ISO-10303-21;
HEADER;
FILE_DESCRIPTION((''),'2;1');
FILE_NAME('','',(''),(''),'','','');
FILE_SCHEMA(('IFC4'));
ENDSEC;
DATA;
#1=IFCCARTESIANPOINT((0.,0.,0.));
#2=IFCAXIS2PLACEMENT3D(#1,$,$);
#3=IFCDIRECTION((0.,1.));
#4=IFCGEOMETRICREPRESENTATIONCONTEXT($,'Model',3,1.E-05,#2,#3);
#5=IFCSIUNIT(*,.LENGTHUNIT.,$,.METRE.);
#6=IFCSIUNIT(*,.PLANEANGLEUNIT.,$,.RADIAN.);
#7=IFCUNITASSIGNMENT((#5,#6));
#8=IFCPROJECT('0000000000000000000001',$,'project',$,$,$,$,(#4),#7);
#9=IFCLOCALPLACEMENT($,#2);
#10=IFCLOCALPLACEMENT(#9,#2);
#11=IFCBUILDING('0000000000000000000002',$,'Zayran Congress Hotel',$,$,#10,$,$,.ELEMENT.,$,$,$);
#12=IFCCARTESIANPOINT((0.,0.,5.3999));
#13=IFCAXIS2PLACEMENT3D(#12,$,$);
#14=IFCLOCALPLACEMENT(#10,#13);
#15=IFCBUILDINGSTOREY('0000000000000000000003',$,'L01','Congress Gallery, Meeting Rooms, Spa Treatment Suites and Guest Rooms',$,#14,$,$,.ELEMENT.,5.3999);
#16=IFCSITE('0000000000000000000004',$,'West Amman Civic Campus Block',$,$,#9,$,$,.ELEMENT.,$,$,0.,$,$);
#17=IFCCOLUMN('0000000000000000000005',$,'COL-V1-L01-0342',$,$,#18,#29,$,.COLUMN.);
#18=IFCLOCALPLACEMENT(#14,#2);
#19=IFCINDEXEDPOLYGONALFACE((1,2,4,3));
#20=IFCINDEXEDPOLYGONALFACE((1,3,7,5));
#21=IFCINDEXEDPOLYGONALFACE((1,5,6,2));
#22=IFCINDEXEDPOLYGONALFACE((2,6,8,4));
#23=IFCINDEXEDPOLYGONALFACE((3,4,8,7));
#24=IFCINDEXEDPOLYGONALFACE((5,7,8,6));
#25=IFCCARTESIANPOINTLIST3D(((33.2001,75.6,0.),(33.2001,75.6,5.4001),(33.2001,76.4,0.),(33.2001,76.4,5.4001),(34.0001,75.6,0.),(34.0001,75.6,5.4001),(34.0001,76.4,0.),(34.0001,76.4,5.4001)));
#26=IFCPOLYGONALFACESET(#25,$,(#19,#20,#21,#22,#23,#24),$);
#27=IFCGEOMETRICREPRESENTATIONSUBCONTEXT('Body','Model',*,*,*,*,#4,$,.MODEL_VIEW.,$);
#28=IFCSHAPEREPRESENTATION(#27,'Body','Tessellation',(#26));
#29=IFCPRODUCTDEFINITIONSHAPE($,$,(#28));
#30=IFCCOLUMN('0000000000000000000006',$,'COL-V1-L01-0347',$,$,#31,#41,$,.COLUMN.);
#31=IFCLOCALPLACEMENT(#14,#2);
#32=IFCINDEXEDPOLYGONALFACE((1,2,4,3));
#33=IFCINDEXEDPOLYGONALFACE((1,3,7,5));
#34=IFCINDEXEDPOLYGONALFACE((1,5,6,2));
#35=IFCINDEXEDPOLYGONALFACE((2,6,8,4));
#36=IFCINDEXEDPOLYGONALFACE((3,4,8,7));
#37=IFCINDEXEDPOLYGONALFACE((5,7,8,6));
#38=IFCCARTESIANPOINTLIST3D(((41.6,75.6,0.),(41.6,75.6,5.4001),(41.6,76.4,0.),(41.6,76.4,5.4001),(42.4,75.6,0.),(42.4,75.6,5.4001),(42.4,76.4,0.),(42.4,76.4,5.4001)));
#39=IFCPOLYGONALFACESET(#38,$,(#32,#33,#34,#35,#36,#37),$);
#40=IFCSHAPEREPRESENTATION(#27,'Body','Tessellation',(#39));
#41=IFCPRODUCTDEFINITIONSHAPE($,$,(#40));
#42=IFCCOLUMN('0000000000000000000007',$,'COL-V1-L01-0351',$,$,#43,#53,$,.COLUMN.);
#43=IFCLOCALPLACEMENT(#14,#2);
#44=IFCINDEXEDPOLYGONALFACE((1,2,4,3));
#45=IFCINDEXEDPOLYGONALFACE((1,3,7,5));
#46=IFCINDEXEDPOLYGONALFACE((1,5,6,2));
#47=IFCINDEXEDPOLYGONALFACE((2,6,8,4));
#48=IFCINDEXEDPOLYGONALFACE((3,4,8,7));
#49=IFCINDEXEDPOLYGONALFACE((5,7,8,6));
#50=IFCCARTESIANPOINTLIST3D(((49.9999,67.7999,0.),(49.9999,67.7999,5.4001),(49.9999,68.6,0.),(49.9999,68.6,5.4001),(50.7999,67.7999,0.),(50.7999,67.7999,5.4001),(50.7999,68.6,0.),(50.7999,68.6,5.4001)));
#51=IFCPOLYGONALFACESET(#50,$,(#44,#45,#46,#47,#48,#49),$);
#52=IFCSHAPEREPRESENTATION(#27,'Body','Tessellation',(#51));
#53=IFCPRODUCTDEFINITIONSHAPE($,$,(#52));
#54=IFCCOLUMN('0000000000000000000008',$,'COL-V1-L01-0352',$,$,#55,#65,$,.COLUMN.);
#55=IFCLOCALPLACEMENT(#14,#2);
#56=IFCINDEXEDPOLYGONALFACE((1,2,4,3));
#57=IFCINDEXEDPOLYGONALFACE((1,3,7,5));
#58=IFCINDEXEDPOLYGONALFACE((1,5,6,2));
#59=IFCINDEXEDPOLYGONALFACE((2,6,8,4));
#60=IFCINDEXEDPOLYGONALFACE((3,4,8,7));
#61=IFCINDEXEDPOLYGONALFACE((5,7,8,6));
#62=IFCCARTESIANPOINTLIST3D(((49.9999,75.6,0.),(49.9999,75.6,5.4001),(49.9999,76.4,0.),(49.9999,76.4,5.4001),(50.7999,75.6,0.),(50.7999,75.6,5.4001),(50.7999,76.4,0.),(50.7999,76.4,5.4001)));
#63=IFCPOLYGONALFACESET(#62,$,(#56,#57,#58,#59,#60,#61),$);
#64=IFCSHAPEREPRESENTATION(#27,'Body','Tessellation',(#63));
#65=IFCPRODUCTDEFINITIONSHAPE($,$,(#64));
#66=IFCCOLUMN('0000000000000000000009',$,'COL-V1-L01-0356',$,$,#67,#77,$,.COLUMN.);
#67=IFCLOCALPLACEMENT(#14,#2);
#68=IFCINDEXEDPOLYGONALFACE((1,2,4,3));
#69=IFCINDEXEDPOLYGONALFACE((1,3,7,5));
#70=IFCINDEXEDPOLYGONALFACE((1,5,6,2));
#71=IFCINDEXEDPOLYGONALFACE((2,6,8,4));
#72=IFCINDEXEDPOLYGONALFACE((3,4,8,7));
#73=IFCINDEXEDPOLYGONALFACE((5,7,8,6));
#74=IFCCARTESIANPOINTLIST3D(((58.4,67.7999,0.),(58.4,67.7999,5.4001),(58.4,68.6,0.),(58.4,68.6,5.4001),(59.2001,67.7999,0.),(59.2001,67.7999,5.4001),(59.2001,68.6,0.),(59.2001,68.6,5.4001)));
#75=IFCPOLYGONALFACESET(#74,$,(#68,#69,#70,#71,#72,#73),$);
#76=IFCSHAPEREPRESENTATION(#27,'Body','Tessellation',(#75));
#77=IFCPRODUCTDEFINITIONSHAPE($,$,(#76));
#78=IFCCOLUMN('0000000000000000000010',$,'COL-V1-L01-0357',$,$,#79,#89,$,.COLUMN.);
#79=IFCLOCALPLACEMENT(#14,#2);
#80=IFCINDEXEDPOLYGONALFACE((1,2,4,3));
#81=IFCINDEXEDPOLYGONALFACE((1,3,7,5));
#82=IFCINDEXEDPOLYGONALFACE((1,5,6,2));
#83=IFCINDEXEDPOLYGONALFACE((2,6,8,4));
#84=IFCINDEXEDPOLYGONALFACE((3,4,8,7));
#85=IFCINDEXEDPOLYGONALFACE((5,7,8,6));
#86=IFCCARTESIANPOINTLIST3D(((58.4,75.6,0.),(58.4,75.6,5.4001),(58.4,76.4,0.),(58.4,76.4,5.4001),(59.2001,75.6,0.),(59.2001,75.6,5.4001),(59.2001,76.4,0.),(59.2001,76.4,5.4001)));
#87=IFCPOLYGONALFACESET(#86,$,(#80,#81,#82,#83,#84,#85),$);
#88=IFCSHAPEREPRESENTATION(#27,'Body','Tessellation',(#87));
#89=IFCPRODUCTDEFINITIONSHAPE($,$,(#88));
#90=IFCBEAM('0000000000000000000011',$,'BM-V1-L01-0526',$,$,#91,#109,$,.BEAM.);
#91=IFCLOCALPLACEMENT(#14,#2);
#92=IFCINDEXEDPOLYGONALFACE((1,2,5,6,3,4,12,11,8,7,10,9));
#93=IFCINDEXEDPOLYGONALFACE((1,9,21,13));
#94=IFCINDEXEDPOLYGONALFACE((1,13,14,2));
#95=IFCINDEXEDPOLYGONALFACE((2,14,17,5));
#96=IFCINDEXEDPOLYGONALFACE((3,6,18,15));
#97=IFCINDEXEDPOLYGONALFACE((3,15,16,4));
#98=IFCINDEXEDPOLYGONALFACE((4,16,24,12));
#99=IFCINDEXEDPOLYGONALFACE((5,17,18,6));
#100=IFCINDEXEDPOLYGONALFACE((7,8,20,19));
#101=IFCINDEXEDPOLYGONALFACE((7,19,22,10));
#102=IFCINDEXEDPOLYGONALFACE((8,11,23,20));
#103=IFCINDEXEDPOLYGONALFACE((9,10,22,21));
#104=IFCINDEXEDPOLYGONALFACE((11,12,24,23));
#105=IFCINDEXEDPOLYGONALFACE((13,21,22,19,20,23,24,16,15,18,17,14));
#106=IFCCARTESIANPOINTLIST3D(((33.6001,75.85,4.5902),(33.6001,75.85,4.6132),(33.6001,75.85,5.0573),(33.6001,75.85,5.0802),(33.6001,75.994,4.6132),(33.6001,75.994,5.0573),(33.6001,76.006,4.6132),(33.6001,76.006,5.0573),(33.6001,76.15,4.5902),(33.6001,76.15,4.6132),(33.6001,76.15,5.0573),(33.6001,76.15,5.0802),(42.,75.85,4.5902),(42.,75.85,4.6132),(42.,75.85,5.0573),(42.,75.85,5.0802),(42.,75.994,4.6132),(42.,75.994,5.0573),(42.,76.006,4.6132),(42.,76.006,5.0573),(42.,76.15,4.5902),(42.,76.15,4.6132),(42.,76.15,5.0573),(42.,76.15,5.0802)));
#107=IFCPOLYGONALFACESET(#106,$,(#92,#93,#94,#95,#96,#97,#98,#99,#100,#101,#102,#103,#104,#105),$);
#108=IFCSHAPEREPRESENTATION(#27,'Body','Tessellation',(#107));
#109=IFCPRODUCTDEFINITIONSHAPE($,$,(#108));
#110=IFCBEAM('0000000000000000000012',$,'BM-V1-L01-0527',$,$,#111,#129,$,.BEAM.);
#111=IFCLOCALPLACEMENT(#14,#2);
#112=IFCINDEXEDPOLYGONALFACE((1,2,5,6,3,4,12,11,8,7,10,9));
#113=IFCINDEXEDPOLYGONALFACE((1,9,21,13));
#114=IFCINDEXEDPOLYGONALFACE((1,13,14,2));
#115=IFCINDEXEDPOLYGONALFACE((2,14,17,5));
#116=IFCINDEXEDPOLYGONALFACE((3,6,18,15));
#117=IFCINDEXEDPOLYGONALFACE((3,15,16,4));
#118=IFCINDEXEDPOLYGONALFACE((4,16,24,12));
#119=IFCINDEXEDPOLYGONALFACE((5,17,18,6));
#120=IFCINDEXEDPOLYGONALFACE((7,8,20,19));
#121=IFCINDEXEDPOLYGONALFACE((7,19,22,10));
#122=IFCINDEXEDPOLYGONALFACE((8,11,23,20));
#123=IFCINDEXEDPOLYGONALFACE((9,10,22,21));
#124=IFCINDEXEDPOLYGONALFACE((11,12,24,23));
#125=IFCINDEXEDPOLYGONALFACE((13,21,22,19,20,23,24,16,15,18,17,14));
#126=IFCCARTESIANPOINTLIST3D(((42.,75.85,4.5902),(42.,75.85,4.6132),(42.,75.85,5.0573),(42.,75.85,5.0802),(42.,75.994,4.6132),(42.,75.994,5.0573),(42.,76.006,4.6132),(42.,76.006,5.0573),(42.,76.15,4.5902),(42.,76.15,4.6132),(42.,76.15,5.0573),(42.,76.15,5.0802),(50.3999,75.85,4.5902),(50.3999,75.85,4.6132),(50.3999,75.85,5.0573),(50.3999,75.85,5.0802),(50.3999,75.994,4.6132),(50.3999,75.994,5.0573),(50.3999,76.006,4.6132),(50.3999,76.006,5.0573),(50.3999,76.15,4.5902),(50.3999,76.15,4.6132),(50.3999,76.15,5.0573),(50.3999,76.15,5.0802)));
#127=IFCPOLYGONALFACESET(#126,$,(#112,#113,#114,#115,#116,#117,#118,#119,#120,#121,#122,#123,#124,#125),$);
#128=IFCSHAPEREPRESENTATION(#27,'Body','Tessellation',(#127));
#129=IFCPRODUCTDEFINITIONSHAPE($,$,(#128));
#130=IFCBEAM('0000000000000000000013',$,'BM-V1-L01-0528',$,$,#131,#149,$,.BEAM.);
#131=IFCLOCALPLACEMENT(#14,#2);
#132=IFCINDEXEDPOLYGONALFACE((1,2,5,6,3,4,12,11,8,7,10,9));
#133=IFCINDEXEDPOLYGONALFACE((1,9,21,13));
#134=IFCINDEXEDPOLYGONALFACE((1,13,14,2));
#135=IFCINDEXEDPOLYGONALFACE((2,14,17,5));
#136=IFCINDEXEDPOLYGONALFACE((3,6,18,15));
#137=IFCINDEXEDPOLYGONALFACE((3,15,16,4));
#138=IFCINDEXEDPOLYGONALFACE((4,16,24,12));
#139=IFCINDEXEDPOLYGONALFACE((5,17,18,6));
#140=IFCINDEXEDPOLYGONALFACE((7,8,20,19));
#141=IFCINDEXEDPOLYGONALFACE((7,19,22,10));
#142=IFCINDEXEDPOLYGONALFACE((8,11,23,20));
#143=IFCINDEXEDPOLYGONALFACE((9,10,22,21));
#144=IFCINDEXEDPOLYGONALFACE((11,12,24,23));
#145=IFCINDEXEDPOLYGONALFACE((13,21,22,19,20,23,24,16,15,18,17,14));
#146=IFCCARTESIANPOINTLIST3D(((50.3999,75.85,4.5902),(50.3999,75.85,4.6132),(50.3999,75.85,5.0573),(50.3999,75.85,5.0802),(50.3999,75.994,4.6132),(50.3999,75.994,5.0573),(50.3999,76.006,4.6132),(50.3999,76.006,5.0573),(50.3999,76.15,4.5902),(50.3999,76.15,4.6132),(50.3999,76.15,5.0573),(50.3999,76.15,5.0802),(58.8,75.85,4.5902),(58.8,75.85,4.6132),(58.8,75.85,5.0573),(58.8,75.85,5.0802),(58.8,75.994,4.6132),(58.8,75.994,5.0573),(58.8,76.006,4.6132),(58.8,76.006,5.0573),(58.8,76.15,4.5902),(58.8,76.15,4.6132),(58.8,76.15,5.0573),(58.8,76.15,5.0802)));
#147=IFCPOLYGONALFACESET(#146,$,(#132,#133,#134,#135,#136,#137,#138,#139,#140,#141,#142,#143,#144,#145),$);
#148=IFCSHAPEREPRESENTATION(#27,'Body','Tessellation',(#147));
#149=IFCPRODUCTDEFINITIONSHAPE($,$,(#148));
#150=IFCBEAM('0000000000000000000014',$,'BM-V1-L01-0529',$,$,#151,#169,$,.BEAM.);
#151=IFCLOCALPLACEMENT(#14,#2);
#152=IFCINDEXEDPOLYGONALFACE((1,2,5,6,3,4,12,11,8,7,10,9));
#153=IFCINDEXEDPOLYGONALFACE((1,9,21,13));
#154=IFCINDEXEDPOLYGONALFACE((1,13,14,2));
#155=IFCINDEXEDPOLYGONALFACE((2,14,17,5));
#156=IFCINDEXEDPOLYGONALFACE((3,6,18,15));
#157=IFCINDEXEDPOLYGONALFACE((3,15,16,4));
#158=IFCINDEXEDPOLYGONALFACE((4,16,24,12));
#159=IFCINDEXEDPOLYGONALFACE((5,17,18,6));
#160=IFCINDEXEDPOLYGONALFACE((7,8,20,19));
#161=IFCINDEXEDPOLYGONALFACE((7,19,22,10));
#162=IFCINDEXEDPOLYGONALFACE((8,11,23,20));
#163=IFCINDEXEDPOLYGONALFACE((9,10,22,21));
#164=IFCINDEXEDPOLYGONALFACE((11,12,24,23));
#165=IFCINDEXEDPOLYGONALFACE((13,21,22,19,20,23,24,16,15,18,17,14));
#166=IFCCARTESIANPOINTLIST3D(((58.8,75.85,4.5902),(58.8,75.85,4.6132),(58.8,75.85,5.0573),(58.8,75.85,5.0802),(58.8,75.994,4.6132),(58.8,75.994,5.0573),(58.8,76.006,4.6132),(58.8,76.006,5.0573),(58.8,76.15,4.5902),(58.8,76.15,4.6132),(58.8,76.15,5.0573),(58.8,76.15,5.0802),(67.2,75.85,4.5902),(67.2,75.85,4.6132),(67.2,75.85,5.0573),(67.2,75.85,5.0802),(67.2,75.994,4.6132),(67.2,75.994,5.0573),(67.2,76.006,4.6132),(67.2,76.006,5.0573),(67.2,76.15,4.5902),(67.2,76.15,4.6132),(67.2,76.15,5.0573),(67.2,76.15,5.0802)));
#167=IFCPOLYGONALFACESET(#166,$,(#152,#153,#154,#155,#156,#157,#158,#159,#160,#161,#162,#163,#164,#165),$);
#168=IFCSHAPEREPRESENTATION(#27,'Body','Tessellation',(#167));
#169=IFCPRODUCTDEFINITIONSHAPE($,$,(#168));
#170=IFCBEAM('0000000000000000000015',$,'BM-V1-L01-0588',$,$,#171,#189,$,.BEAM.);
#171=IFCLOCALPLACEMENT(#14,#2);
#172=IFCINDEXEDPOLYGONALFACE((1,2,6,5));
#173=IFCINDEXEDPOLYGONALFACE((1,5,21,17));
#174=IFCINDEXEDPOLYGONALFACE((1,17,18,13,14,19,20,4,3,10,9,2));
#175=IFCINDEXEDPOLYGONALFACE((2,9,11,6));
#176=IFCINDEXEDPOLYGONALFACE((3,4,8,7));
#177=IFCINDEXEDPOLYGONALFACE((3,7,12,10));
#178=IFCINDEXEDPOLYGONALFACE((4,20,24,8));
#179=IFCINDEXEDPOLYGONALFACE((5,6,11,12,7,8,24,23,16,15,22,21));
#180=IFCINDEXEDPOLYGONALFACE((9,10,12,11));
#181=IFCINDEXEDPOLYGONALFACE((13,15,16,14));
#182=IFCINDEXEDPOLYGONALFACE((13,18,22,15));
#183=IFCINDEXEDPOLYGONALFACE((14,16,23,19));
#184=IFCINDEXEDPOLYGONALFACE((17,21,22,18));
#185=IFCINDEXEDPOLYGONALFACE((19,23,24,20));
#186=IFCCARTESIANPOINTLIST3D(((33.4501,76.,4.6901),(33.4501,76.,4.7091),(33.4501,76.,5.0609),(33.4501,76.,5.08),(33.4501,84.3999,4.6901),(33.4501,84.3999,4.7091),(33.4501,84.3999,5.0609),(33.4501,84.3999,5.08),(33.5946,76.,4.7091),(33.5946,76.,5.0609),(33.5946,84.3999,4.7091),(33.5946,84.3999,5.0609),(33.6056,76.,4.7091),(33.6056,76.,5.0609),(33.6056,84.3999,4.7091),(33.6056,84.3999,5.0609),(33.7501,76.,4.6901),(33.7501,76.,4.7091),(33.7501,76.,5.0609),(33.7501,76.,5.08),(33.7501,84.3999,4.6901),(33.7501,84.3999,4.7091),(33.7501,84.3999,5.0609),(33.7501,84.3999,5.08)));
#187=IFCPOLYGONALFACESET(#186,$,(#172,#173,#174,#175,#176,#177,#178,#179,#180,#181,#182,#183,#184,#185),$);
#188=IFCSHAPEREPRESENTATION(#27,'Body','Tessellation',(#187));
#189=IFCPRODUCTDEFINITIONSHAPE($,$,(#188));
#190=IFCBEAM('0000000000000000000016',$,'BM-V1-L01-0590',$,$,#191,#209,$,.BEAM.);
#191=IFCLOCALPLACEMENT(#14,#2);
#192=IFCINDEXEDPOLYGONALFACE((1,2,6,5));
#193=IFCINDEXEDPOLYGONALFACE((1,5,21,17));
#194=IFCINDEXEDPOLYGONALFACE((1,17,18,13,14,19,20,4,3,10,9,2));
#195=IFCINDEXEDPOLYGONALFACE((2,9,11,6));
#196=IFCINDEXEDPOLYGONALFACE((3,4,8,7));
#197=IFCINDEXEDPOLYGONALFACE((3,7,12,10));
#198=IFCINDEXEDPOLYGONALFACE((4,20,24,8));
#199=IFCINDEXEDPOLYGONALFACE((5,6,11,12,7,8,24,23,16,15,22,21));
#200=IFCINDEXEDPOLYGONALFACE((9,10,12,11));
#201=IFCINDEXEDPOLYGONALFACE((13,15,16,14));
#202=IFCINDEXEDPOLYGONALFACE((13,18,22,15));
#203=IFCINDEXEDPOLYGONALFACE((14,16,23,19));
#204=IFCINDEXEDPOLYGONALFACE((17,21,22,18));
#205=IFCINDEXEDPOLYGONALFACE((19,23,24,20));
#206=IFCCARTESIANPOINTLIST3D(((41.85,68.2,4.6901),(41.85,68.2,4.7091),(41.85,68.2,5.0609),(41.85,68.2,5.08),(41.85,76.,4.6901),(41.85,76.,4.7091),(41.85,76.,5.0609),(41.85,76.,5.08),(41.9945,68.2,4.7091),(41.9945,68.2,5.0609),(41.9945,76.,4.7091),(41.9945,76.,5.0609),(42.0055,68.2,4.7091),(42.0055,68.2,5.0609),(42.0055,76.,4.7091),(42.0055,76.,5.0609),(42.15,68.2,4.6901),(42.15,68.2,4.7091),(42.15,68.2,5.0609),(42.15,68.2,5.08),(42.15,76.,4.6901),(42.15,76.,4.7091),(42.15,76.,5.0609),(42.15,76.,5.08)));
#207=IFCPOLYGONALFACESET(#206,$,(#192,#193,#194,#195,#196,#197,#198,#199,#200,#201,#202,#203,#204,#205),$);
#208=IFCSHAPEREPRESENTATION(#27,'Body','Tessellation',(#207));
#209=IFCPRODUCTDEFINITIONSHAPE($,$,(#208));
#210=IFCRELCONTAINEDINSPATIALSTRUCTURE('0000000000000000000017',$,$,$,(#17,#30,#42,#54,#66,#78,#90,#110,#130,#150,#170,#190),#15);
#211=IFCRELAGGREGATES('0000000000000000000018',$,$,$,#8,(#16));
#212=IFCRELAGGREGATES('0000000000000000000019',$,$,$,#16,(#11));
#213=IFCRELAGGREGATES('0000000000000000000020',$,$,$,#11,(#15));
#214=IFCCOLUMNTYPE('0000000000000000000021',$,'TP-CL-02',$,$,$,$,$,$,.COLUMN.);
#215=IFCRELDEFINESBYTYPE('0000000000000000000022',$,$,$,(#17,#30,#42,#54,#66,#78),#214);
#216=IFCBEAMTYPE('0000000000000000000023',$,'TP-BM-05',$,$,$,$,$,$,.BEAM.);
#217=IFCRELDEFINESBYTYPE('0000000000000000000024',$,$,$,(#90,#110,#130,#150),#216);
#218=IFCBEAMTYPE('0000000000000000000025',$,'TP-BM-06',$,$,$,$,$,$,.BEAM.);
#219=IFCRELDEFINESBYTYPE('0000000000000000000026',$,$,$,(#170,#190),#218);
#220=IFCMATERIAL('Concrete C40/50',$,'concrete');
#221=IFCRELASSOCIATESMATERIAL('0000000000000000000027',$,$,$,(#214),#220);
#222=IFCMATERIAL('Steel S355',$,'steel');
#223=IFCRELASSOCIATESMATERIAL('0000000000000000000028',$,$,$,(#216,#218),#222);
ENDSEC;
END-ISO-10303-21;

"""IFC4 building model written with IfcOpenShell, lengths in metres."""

from ifc_helpers import new_model, si_unit, direction, frame, origin, origin_2d, place, context, subcontext, project, spatial, rectangle, i_section, extrude, material, material_profile, profile_set, type_object, element, save


model = new_model("IFC4")

# Units and contexts
model_context = context("Model", 3, precision=1e-05, world=origin(), true_north=direction((0.0, 1.0)))
body_context = subcontext(model_context, "Body", "Model", "MODEL_VIEW")
ifc_project = project(units=[si_unit("LENGTHUNIT", "METRE"), si_unit("PLANEANGLEUNIT", "RADIAN")], contexts=[model_context])

# Site, building, storey
site_placement = place(None, origin())
site = spatial("IfcSite", under=ifc_project, at=site_placement, Name="West Amman Civic Campus Block", CompositionType="ELEMENT", RefElevation=0.0)
building_placement = place(site_placement, origin())
building = spatial("IfcBuilding", under=site, at=building_placement, Name="Zayran Congress Hotel", CompositionType="ELEMENT")
storey_placement = place(building_placement, frame((0.0, 0.0, 5.3999)))
storey = spatial("IfcBuildingStorey", under=building, at=storey_placement, Name="L01", Description="Congress Gallery, Meeting Rooms, Spa Treatment Suites and Guest Rooms", CompositionType="ELEMENT", Elevation=5.3999)

# Columns
ifc_material_1 = material(Name="Concrete C40/50", Category="concrete")
ifc_material_profile_1 = material_profile(ifc_material_1, rectangle(XDim=0.8, YDim=0.8, at=origin_2d()), Name="RC 800x800")
ifc_profile_set_1 = profile_set([ifc_material_profile_1], Name="Concrete C40/50")
column_type = type_object("IfcColumnType", Name="TP-CL-02", PredefinedType="COLUMN", material=ifc_profile_set_1)
for number, where, z_axis, x_axis, name in (
    (1, (33.6001, 76.0, 0.0), (0.0, 0.0, 1.0), (1.0, 0.0, 0.0), "COL-V1-L01-0342"),
    (2, (42.0, 76.0, 0.0), (0.0, 0.0, 1.0), (1.0, 0.0, 0.0), "COL-V1-L01-0347"),
    (3, (50.3999, 68.2, 0.0), (0.0, 0.0, 1.0), (1.0, 0.0, 0.0), "COL-V1-L01-0351"),
    (4, (50.3999, 76.0, 0.0), (0.0, 0.0, 1.0), (1.0, 0.0, 0.0), "COL-V1-L01-0352"),
    (5, (58.8, 68.2, 0.0), (0.0, 0.0, 1.0), (1.0, 0.0, 0.0), "COL-V1-L01-0356"),
    (6, (58.8, 76.0, 0.0), (0.0, 0.0, 1.0), (1.0, 0.0, 0.0), "COL-V1-L01-0357"),
):
    element("IfcColumn", number, at=place(storey_placement, frame(where, z_axis=z_axis, x_axis=x_axis)), inside=storey, type_object=column_type, Name=name, PredefinedType="COLUMN", context=body_context, shape_type="SweptSolid", body=[
        extrude(rectangle(XDim=0.8, YDim=0.8, at=origin_2d()), origin(), (0.0, 0.0, 1.0), 5.4001),
    ])

# Beams
ifc_material_2 = material(Name="Steel S355", Category="steel")
ifc_material_profile_2 = material_profile(ifc_material_2, i_section(OverallWidth=0.3, OverallDepth=0.49, WebThickness=0.012, FlangeThickness=0.0229, at=origin_2d()), Name="HEA 500")
ifc_profile_set_2 = profile_set([ifc_material_profile_2], Name="Steel S355")
beam_type_1 = type_object("IfcBeamType", Name="TP-BM-05", PredefinedType="BEAM", material=ifc_profile_set_2)
for number, where, z_axis, x_axis, name in (
    (7, (33.6001, 76.0, 4.8352), (1.0, 0.0, 0.0), (0.0, 1.0, 0.0), "BM-V1-L01-0526"),
    (8, (42.0, 76.0, 4.8352), (1.0, 0.0, 0.0), (0.0, 1.0, 0.0), "BM-V1-L01-0527"),
):
    element("IfcBeam", number, at=place(storey_placement, frame(where, z_axis=z_axis, x_axis=x_axis)), inside=storey, type_object=beam_type_1, Name=name, PredefinedType="BEAM", context=body_context, shape_type="SweptSolid", body=[
        extrude(i_section(OverallWidth=0.3, OverallDepth=0.49, WebThickness=0.012, FlangeThickness=0.0229, at=origin_2d()), origin(), (0.0, 0.0, 1.0), 8.3999),
    ])
beam_1_placement = place(storey_placement, frame((50.3999, 76.0, 4.8352), z_axis=(1.0, 0.0, 0.0), x_axis=(0.0, 1.0, 0.0)))
element("IfcBeam", 9, at=beam_1_placement, inside=storey, type_object=beam_type_1, Name="BM-V1-L01-0528", PredefinedType="BEAM", context=body_context, shape_type="SweptSolid", body=[
    extrude(i_section(OverallWidth=0.3, OverallDepth=0.49, WebThickness=0.012, FlangeThickness=0.0229, at=origin_2d()), origin(), (0.0, 0.0, 1.0), 8.4001),
])
beam_2_placement = place(storey_placement, frame((58.8, 76.0, 4.8352), z_axis=(1.0, 0.0, 0.0), x_axis=(0.0, 1.0, 0.0)))
element("IfcBeam", 10, at=beam_2_placement, inside=storey, type_object=beam_type_1, Name="BM-V1-L01-0529", PredefinedType="BEAM", context=body_context, shape_type="SweptSolid", body=[
    extrude(i_section(OverallWidth=0.3, OverallDepth=0.49, WebThickness=0.012, FlangeThickness=0.0229, at=origin_2d()), origin(), (0.0, 0.0, 1.0), 8.3999),
])
ifc_material_profile_3 = material_profile(ifc_material_2, i_section(OverallWidth=0.3, OverallDepth=0.3899, WebThickness=0.011, FlangeThickness=0.019, at=origin_2d()), Name="HEA 400")
ifc_profile_set_3 = profile_set([ifc_material_profile_3], Name="Steel S355")
beam_type_2 = type_object("IfcBeamType", Name="TP-BM-06", PredefinedType="BEAM", material=ifc_profile_set_3)
beam_3_placement = place(storey_placement, frame((33.6001, 76.0, 4.885), z_axis=(0.0, 1.0, 0.0), x_axis=(-1.0, 0.0, 0.0)))
element("IfcBeam", 11, at=beam_3_placement, inside=storey, type_object=beam_type_2, Name="BM-V1-L01-0588", PredefinedType="BEAM", context=body_context, shape_type="SweptSolid", body=[
    extrude(i_section(OverallWidth=0.3, OverallDepth=0.3899, WebThickness=0.011, FlangeThickness=0.019, at=origin_2d()), origin(), (0.0, 0.0, 1.0), 8.3999),
])
beam_4_placement = place(storey_placement, frame((42.0, 68.2, 4.885), z_axis=(0.0, 1.0, 0.0), x_axis=(-1.0, 0.0, 0.0)))
element("IfcBeam", 12, at=beam_4_placement, inside=storey, type_object=beam_type_2, Name="BM-V1-L01-0590", PredefinedType="BEAM", context=body_context, shape_type="SweptSolid", body=[
    extrude(i_section(OverallWidth=0.3, OverallDepth=0.3899, WebThickness=0.011, FlangeThickness=0.019, at=origin_2d()), origin(), (0.0, 0.0, 1.0), 7.8),
])

save(model, "model.ifc")
